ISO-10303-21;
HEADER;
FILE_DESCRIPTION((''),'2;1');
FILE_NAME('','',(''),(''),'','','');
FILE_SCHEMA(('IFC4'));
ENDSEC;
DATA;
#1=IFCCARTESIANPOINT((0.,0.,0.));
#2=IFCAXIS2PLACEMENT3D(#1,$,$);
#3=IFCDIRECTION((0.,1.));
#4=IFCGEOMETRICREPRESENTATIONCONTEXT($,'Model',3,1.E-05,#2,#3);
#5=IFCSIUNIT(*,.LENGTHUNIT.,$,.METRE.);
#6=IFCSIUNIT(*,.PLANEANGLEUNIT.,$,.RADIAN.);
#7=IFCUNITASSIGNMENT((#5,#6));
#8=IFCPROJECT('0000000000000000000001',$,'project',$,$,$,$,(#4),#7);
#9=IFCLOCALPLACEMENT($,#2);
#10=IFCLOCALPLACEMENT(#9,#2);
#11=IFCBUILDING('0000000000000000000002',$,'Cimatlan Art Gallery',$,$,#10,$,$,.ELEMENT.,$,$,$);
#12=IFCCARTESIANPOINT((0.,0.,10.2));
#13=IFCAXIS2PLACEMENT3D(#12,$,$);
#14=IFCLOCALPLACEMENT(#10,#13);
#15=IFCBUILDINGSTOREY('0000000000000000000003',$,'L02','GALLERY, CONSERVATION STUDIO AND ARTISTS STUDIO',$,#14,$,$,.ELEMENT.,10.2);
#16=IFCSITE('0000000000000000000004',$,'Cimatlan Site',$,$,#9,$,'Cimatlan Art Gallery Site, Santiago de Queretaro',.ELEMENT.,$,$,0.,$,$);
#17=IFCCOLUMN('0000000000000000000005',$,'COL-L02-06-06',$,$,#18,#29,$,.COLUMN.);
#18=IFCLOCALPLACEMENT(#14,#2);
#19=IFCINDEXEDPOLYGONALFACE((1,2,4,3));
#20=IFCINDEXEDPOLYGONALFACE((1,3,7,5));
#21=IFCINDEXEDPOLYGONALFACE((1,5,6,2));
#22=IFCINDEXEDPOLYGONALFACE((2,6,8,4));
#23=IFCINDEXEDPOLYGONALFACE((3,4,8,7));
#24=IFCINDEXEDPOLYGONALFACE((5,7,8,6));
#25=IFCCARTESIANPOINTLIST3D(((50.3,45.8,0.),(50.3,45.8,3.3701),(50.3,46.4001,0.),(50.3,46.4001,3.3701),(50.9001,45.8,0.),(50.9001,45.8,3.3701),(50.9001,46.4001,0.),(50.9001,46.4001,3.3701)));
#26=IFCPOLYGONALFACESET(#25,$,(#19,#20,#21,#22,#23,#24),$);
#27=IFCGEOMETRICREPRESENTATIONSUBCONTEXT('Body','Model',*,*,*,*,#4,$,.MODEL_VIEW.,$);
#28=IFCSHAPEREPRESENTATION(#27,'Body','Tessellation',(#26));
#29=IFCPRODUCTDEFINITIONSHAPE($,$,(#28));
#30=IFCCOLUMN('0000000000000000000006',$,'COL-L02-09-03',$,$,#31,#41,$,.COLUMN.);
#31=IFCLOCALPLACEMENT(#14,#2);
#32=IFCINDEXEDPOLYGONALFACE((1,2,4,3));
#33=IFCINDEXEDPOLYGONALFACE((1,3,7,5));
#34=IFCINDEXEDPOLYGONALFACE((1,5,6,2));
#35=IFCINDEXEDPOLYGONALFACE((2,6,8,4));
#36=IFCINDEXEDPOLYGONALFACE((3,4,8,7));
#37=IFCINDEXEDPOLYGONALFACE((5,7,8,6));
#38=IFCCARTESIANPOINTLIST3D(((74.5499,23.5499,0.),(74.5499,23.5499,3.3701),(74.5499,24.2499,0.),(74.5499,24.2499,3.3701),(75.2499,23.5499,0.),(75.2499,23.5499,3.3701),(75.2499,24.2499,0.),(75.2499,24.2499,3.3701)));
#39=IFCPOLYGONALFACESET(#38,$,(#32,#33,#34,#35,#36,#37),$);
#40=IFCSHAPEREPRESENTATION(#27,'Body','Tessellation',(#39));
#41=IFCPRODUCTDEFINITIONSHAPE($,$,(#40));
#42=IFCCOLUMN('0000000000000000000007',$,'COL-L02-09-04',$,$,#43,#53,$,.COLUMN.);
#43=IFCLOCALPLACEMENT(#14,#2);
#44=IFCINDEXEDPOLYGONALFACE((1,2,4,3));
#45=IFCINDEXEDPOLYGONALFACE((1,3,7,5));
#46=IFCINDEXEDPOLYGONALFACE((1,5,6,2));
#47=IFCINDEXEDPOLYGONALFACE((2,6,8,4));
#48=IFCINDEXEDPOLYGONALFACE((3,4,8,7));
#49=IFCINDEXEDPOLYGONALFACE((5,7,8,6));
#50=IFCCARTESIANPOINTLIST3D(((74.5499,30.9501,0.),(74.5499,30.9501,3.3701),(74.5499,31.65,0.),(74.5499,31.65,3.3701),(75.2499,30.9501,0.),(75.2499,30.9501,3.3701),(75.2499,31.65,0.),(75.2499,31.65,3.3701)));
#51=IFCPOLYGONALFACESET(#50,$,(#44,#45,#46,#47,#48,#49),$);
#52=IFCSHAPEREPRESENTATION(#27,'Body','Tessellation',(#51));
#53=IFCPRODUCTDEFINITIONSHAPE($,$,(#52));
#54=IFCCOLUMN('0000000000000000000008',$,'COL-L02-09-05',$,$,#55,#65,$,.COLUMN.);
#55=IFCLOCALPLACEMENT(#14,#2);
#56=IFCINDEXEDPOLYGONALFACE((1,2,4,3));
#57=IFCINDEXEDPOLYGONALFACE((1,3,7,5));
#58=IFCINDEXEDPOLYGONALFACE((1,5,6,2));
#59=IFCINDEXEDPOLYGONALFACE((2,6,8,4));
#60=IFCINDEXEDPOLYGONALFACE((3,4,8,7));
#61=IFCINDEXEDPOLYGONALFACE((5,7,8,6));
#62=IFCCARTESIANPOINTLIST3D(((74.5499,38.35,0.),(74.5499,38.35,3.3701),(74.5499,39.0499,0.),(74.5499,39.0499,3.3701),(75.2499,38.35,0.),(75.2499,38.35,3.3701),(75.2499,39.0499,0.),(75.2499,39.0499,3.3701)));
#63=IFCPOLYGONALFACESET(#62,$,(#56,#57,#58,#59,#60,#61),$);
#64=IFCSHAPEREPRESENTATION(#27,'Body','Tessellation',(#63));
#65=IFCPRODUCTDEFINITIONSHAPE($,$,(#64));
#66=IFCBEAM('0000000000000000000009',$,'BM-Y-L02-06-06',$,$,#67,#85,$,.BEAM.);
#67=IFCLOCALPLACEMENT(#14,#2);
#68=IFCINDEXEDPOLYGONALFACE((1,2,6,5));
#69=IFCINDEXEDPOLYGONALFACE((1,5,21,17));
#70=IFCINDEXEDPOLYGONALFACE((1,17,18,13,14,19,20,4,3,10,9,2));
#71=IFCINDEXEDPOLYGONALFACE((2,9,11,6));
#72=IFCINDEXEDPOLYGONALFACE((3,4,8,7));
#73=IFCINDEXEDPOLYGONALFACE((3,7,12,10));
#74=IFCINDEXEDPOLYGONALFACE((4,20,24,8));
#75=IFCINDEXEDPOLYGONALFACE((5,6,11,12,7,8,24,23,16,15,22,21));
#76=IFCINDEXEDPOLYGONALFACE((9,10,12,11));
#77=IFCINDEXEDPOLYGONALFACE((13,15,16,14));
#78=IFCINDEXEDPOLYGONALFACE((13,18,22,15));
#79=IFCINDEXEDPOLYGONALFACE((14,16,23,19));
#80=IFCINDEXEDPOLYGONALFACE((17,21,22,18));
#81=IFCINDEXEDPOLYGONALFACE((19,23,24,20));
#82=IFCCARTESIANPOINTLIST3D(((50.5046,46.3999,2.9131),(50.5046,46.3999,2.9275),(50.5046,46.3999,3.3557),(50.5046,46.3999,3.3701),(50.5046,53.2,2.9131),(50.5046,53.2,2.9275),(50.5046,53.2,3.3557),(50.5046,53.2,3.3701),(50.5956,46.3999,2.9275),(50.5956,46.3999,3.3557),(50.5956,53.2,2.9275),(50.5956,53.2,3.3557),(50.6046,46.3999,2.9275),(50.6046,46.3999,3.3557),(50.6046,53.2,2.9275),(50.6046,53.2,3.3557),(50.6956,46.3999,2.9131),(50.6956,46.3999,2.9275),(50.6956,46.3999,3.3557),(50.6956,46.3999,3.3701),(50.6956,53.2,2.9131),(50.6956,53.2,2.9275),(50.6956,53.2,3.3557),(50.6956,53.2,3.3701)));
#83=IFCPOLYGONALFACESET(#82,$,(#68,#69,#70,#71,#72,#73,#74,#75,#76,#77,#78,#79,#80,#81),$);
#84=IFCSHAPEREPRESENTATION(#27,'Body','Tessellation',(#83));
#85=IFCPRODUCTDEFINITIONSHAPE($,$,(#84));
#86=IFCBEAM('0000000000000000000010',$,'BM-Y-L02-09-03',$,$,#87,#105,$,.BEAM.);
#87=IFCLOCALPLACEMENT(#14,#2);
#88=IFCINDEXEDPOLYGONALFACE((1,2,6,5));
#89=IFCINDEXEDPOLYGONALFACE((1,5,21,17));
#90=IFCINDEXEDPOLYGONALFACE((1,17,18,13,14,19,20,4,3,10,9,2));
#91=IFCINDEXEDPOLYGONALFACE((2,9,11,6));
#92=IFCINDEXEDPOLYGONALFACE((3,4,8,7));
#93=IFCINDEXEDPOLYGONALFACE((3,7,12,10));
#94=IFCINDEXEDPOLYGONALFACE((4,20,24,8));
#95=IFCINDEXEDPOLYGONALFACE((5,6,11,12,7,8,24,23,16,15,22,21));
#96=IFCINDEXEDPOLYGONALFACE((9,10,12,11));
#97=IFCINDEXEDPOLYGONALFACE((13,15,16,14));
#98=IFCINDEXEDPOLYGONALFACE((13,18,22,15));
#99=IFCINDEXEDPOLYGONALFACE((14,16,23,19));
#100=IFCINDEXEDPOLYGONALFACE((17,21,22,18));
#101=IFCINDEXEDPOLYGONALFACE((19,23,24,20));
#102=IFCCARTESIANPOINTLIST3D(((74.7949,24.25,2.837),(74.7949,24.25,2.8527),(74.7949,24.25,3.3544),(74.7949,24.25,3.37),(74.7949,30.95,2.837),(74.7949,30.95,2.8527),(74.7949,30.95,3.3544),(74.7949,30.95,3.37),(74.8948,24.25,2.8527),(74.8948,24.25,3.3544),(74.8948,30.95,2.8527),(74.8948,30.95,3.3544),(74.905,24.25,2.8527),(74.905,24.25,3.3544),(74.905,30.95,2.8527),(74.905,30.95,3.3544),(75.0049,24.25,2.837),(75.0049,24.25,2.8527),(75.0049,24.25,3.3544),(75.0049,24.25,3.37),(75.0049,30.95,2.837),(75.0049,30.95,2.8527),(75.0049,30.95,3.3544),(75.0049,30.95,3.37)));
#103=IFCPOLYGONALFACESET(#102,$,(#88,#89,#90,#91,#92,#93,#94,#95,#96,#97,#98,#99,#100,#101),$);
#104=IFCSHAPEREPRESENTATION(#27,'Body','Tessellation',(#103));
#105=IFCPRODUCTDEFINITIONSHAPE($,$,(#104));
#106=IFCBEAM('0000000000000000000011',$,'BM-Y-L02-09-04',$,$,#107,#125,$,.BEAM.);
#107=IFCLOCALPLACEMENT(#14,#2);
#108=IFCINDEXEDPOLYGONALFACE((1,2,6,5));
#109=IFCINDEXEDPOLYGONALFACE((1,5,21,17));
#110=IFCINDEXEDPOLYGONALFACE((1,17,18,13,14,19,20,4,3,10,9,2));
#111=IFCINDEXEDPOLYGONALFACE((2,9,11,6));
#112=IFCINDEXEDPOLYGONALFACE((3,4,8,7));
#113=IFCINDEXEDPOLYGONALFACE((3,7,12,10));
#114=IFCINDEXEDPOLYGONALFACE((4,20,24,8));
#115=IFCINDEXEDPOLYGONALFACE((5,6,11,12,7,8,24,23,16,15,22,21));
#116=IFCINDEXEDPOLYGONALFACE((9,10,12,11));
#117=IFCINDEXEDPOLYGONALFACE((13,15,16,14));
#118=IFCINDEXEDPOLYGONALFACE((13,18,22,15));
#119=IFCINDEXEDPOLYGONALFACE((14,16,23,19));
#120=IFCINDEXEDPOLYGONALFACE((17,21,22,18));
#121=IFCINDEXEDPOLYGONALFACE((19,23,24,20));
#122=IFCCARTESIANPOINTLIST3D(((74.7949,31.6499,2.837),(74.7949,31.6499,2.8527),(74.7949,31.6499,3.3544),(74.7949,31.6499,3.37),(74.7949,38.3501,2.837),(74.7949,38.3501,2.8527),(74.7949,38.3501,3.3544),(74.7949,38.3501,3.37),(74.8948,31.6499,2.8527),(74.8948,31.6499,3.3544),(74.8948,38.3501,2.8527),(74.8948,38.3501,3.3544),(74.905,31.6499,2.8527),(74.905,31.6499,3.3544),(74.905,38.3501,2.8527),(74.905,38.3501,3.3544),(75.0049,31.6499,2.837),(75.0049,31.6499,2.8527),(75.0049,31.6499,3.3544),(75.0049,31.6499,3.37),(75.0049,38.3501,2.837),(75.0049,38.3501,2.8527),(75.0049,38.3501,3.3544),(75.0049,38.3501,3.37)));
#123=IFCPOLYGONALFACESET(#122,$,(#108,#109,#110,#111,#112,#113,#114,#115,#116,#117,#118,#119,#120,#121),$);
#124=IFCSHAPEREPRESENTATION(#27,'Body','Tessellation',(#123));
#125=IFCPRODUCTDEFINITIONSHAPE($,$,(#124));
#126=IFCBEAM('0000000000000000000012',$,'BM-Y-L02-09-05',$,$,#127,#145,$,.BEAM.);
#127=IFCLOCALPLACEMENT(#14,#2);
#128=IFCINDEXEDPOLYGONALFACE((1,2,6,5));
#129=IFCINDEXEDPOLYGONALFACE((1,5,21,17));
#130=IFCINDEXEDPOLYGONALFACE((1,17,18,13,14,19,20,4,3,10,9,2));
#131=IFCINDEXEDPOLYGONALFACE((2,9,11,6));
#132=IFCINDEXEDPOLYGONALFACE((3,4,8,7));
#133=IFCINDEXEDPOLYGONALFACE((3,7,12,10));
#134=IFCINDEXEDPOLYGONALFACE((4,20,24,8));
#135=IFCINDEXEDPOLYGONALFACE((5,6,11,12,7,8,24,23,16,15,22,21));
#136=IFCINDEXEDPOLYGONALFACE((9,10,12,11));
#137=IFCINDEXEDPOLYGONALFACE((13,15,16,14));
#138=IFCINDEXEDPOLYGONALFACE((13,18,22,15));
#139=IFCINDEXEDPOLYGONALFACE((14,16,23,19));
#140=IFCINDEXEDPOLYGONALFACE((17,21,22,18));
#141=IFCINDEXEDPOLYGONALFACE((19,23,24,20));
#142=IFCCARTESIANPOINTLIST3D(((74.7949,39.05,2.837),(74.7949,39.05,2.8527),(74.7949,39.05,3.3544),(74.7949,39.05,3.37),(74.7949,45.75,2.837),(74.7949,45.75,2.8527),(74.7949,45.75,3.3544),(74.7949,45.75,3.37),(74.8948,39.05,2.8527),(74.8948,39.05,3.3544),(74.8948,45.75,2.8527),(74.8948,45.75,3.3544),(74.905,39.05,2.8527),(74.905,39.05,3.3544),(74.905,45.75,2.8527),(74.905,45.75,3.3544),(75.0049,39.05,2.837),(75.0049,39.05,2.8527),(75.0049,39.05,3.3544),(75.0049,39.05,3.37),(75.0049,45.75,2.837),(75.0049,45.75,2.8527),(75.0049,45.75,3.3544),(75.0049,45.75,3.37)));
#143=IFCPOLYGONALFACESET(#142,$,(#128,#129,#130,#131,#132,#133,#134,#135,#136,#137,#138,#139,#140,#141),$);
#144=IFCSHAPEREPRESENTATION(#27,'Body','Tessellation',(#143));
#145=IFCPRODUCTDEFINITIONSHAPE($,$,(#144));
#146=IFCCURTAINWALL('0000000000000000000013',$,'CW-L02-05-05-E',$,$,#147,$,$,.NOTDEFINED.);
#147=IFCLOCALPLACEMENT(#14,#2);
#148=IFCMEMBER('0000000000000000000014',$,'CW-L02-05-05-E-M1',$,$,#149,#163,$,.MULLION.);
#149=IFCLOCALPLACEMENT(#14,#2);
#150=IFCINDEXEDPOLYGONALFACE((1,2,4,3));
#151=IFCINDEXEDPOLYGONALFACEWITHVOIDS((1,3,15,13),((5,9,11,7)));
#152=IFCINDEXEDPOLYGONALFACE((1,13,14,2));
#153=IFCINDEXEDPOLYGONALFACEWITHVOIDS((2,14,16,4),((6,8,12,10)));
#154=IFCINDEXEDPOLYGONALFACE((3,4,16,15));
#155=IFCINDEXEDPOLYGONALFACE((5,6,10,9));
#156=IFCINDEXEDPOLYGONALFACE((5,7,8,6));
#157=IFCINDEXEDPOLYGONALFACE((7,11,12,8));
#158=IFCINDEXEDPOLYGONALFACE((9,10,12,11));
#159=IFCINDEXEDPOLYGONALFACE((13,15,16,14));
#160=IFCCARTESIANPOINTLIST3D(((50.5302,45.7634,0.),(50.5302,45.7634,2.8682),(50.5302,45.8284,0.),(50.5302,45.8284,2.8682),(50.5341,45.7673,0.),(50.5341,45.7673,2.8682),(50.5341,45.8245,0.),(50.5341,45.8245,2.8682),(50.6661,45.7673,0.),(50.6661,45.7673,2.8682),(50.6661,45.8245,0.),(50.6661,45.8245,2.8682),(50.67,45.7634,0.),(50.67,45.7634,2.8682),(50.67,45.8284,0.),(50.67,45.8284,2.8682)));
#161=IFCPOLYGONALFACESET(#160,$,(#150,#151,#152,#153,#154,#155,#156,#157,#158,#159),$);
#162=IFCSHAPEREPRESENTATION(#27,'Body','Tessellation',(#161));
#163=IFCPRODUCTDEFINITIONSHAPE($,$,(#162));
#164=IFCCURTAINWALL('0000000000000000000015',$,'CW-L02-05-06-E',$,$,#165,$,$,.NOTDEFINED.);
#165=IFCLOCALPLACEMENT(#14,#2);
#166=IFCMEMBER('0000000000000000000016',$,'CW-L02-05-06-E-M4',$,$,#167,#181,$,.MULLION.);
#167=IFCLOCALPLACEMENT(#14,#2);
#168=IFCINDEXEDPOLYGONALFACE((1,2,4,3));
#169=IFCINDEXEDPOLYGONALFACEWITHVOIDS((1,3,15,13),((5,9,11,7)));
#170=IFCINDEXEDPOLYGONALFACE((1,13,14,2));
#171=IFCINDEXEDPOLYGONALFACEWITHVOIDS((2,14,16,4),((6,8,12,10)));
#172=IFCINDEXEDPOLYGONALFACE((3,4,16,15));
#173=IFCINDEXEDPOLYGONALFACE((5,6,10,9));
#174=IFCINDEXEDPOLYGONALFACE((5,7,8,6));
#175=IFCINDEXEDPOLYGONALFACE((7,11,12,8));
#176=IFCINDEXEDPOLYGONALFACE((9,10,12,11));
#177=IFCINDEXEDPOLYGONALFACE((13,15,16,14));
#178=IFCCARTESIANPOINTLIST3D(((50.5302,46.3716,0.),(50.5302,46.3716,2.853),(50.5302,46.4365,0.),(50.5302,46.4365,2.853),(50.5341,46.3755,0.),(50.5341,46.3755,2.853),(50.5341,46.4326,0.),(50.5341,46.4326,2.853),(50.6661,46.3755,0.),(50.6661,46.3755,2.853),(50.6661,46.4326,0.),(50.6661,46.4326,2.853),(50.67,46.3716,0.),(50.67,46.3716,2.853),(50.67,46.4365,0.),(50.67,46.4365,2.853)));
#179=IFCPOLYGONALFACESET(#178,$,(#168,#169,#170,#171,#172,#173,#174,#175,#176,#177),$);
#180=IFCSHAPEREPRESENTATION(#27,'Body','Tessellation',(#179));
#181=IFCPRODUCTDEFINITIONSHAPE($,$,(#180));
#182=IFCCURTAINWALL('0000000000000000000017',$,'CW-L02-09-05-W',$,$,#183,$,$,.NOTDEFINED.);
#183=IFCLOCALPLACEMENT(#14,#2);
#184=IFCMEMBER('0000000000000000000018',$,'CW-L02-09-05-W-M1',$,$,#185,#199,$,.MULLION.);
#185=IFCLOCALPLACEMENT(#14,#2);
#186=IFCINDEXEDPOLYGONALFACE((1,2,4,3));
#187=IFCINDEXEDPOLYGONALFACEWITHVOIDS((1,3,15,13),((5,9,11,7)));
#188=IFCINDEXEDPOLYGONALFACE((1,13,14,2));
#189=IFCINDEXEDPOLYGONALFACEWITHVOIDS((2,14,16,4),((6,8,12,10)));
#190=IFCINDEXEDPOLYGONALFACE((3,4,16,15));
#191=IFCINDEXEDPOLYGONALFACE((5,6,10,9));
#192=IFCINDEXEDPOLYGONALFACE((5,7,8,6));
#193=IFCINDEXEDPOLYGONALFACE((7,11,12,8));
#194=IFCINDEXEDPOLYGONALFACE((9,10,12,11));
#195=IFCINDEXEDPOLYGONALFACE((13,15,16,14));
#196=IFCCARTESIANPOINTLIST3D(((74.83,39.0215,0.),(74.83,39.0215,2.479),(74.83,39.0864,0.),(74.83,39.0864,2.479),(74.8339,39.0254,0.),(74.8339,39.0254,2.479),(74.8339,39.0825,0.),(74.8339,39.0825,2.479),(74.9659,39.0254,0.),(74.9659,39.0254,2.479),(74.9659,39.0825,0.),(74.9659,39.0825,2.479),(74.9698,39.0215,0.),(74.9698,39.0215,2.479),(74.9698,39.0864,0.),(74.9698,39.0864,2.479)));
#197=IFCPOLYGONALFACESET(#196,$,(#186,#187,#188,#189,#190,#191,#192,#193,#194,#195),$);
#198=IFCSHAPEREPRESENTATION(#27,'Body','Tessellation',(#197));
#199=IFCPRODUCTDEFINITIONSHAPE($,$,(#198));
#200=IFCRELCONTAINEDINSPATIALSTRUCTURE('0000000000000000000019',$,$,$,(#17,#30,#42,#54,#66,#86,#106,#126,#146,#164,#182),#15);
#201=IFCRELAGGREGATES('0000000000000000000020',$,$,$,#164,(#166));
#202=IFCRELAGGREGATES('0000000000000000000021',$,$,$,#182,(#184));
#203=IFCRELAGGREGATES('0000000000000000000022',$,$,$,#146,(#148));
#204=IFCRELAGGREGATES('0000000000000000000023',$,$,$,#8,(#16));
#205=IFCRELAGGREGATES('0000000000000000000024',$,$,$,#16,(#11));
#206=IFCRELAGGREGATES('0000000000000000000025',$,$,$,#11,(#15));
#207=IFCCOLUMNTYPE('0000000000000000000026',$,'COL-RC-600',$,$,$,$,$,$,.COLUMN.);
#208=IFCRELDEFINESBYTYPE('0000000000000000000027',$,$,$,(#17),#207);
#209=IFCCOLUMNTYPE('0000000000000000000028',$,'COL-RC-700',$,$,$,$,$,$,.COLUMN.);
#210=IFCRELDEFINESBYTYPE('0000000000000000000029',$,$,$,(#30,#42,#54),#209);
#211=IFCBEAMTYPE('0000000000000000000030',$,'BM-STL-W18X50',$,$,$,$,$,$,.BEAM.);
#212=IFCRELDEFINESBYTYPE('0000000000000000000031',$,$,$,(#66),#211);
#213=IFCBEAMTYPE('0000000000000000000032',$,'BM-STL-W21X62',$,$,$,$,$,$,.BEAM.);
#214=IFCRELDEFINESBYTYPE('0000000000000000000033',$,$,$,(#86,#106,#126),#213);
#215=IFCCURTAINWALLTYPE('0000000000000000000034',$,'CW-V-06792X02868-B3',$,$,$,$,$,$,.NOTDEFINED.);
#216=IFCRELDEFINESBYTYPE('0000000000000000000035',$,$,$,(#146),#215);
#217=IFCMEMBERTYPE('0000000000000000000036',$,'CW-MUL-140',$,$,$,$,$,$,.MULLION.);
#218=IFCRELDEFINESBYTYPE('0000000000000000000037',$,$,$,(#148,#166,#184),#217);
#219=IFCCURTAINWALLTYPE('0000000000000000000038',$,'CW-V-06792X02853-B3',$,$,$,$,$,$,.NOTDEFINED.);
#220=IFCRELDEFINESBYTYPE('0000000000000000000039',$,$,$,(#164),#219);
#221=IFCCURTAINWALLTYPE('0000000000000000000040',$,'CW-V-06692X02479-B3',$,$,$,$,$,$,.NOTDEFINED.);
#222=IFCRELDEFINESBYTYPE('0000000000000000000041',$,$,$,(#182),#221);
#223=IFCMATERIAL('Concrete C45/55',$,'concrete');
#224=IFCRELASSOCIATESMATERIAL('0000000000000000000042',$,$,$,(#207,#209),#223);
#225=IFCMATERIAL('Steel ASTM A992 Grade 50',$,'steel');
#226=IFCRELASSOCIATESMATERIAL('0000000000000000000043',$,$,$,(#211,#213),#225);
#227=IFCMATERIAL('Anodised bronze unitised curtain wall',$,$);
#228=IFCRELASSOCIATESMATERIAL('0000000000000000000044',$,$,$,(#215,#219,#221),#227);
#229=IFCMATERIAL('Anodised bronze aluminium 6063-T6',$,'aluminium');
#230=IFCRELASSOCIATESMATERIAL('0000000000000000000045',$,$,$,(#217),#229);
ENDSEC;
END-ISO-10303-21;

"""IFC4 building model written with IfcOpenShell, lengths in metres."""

from ifc_helpers import new_model, si_unit, direction, frame, origin, origin_2d, place, context, subcontext, project, spatial, rectangle, hollow_rectangle, i_section, extrude, material, material_profile, profile_set, type_object, element, aggregate, save


model = new_model("IFC4")

# Units and contexts
model_context = context("Model", 3, precision=1e-05, world=origin(), true_north=direction((0.0, 1.0)))
body_context = subcontext(model_context, "Body", "Model", "MODEL_VIEW")
ifc_project = project(units=[si_unit("LENGTHUNIT", "METRE"), si_unit("PLANEANGLEUNIT", "RADIAN")], contexts=[model_context])

# Site, building, storey
site_placement = place(None, origin())
site = spatial("IfcSite", under=ifc_project, at=site_placement, Name="Cimatlan Site", LongName="Cimatlan Art Gallery Site, Santiago de Queretaro", CompositionType="ELEMENT", RefElevation=0.0)
building_placement = place(site_placement, origin())
building = spatial("IfcBuilding", under=site, at=building_placement, Name="Cimatlan Art Gallery", CompositionType="ELEMENT")
storey_placement = place(building_placement, frame((0.0, 0.0, 10.2)))
storey = spatial("IfcBuildingStorey", under=building, at=storey_placement, Name="L02", Description="GALLERY, CONSERVATION STUDIO AND ARTISTS STUDIO", CompositionType="ELEMENT", Elevation=10.2)

# Columns
ifc_material_1 = material(Name="Concrete C45/55", Category="concrete")
ifc_material_profile_1 = material_profile(ifc_material_1, rectangle(XDim=0.6001, YDim=0.6001, at=origin_2d()), Name="RC600X600")
ifc_profile_set_1 = profile_set([ifc_material_profile_1], Name="Concrete C45/55")
column_type_1 = type_object("IfcColumnType", Name="COL-RC-600", PredefinedType="COLUMN", material=ifc_profile_set_1)
column_placement = place(storey_placement, frame((50.6001, 46.1001, 0.0), z_axis=(0.0, 0.0, 1.0), x_axis=(1.0, 0.0, 0.0)))
element("IfcColumn", 1, at=column_placement, inside=storey, type_object=column_type_1, Name="COL-L02-06-06", PredefinedType="COLUMN", context=body_context, shape_type="SweptSolid", body=[
    extrude(rectangle(XDim=0.6001, YDim=0.6001, at=origin_2d()), origin(), (0.0, 0.0, 1.0), 3.3701),
])
ifc_material_profile_2 = material_profile(ifc_material_1, rectangle(XDim=0.7, YDim=0.7, at=origin_2d()), Name="RC700X700")
ifc_profile_set_2 = profile_set([ifc_material_profile_2], Name="Concrete C45/55")
column_type_2 = type_object("IfcColumnType", Name="COL-RC-700", PredefinedType="COLUMN", material=ifc_profile_set_2)
for number, where, z_axis, x_axis, name in (
    (2, (74.8999, 23.8999, 0.0), (0.0, 0.0, 1.0), (1.0, 0.0, 0.0), "COL-L02-09-03"),
    (3, (74.8999, 31.3, 0.0), (0.0, 0.0, 1.0), (1.0, 0.0, 0.0), "COL-L02-09-04"),
    (4, (74.8999, 38.7, 0.0), (0.0, 0.0, 1.0), (1.0, 0.0, 0.0), "COL-L02-09-05"),
):
    element("IfcColumn", number, at=place(storey_placement, frame(where, z_axis=z_axis, x_axis=x_axis)), inside=storey, type_object=column_type_2, Name=name, PredefinedType="COLUMN", context=body_context, shape_type="SweptSolid", body=[
        extrude(rectangle(XDim=0.7, YDim=0.7, at=origin_2d()), origin(), (0.0, 0.0, 1.0), 3.3701),
    ])

# Beams
ifc_material_2 = material(Name="Steel ASTM A992 Grade 50", Category="steel")
ifc_material_profile_3 = material_profile(ifc_material_2, i_section(OverallWidth=0.1909, OverallDepth=0.457, WebThickness=0.009, FlangeThickness=0.0144, at=origin_2d()), Name="W18X50")
ifc_profile_set_3 = profile_set([ifc_material_profile_3], Name="Steel ASTM A992 Grade 50")
beam_type_1 = type_object("IfcBeamType", Name="BM-STL-W18X50", PredefinedType="BEAM", material=ifc_profile_set_3)
beam_1_placement = place(storey_placement, frame((50.6001, 46.3999, 3.1416), z_axis=(0.0, 1.0, 0.0), x_axis=(-1.0, 0.0, 0.0)))
element("IfcBeam", 5, at=beam_1_placement, inside=storey, type_object=beam_type_1, Name="BM-Y-L02-06-06", PredefinedType="BEAM", context=body_context, shape_type="SweptSolid", body=[
    extrude(i_section(OverallWidth=0.1909, OverallDepth=0.457, WebThickness=0.009, FlangeThickness=0.0144, at=origin_2d()), origin(), (0.0, 0.0, 1.0), 6.8),
])
ifc_material_profile_4 = material_profile(ifc_material_2, i_section(OverallWidth=0.21, OverallDepth=0.533, WebThickness=0.0103, FlangeThickness=0.0156, at=origin_2d()), Name="W21X62")
ifc_profile_set_4 = profile_set([ifc_material_profile_4], Name="Steel ASTM A992 Grade 50")
beam_type_2 = type_object("IfcBeamType", Name="BM-STL-W21X62", PredefinedType="BEAM", material=ifc_profile_set_4)
beam_2_placement = place(storey_placement, frame((74.8999, 24.25, 3.1035), z_axis=(0.0, 1.0, 0.0), x_axis=(-1.0, 0.0, 0.0)))
element("IfcBeam", 6, at=beam_2_placement, inside=storey, type_object=beam_type_2, Name="BM-Y-L02-09-03", PredefinedType="BEAM", context=body_context, shape_type="SweptSolid", body=[
    extrude(i_section(OverallWidth=0.21, OverallDepth=0.533, WebThickness=0.0103, FlangeThickness=0.0156, at=origin_2d()), origin(), (0.0, 0.0, 1.0), 6.7),
])
beam_3_placement = place(storey_placement, frame((74.8999, 31.6499, 3.1035), z_axis=(0.0, 1.0, 0.0), x_axis=(-1.0, 0.0, 0.0)))
element("IfcBeam", 7, at=beam_3_placement, inside=storey, type_object=beam_type_2, Name="BM-Y-L02-09-04", PredefinedType="BEAM", context=body_context, shape_type="SweptSolid", body=[
    extrude(i_section(OverallWidth=0.21, OverallDepth=0.533, WebThickness=0.0103, FlangeThickness=0.0156, at=origin_2d()), origin(), (0.0, 0.0, 1.0), 6.7002),
])
beam_4_placement = place(storey_placement, frame((74.8999, 39.05, 3.1035), z_axis=(0.0, 1.0, 0.0), x_axis=(-1.0, 0.0, 0.0)))
element("IfcBeam", 8, at=beam_4_placement, inside=storey, type_object=beam_type_2, Name="BM-Y-L02-09-05", PredefinedType="BEAM", context=body_context, shape_type="SweptSolid", body=[
    extrude(i_section(OverallWidth=0.21, OverallDepth=0.533, WebThickness=0.0103, FlangeThickness=0.0156, at=origin_2d()), origin(), (0.0, 0.0, 1.0), 6.7),
])

# Curtain walls, members
ifc_material_3 = material(Name="Anodised bronze unitised curtain wall")
curtain_wall_type_1 = type_object("IfcCurtainWallType", Name="CW-V-06792X02868-B3", PredefinedType="NOTDEFINED", material=ifc_material_3)
curtain_wall_1_placement = place(storey_placement, origin())
curtain_wall_1 = element("IfcCurtainWall", 9, at=curtain_wall_1_placement, inside=storey, type_object=curtain_wall_type_1, Name="CW-L02-05-05-E", PredefinedType="NOTDEFINED")
ifc_material_4 = material(Name="Anodised bronze aluminium 6063-T6", Category="aluminium")
ifc_material_profile_5 = material_profile(ifc_material_4, hollow_rectangle(XDim=0.0649, YDim=0.1399, WallThickness=0.0039, at=origin_2d()), Name="ALU65X140X4")
ifc_profile_set_5 = profile_set([ifc_material_profile_5], Name="Anodised bronze aluminium 6063-T6")
member_type_1 = type_object("IfcMemberType", Name="CW-MUL-140", PredefinedType="MULLION", material=ifc_profile_set_5)
member_1_placement = place(storey_placement, frame((50.6001, 45.7959, 0.0), z_axis=(0.0, 0.0, 1.0), x_axis=(0.0, 1.0, 0.0)))
member_1 = element("IfcMember", 10, at=member_1_placement, type_object=member_type_1, Name="CW-L02-05-05-E-M1", PredefinedType="MULLION", context=body_context, shape_type="SweptSolid", body=[
    extrude(hollow_rectangle(XDim=0.0649, YDim=0.1399, WallThickness=0.0039, at=origin_2d()), origin(), (0.0, 0.0, 1.0), 2.8682),
])
curtain_wall_type_2 = type_object("IfcCurtainWallType", Name="CW-V-06792X02853-B3", PredefinedType="NOTDEFINED", material=ifc_material_3)
curtain_wall_2_placement = place(storey_placement, origin())
curtain_wall_2 = element("IfcCurtainWall", 11, at=curtain_wall_2_placement, inside=storey, type_object=curtain_wall_type_2, Name="CW-L02-05-06-E", PredefinedType="NOTDEFINED")
member_2_placement = place(storey_placement, frame((50.6001, 46.4041, 0.0), z_axis=(0.0, 0.0, 1.0), x_axis=(0.0, 1.0, 0.0)))
member_2 = element("IfcMember", 12, at=member_2_placement, type_object=member_type_1, Name="CW-L02-05-06-E-M4", PredefinedType="MULLION", context=body_context, shape_type="SweptSolid", body=[
    extrude(hollow_rectangle(XDim=0.0649, YDim=0.1399, WallThickness=0.0039, at=origin_2d()), origin(), (0.0, 0.0, 1.0), 2.853),
])
aggregate(curtain_wall_2, [member_2])

# Curtain wall, member
curtain_wall_type_3 = type_object("IfcCurtainWallType", Name="CW-V-06692X02479-B3", PredefinedType="NOTDEFINED", material=ifc_material_3)
curtain_wall_3_placement = place(storey_placement, origin())
curtain_wall_3 = element("IfcCurtainWall", 13, at=curtain_wall_3_placement, inside=storey, type_object=curtain_wall_type_3, Name="CW-L02-09-05-W", PredefinedType="NOTDEFINED")
member_3_placement = place(storey_placement, frame((74.8999, 39.054, 0.0), z_axis=(0.0, 0.0, 1.0), x_axis=(0.0, 1.0, 0.0)))
member_3 = element("IfcMember", 14, at=member_3_placement, type_object=member_type_1, Name="CW-L02-09-05-W-M1", PredefinedType="MULLION", context=body_context, shape_type="SweptSolid", body=[
    extrude(hollow_rectangle(XDim=0.0649, YDim=0.1399, WallThickness=0.0039, at=origin_2d()), origin(), (0.0, 0.0, 1.0), 2.479),
])
aggregate(curtain_wall_3, [member_3])

aggregate(curtain_wall_1, [member_1])

save(model, "model.ifc")
